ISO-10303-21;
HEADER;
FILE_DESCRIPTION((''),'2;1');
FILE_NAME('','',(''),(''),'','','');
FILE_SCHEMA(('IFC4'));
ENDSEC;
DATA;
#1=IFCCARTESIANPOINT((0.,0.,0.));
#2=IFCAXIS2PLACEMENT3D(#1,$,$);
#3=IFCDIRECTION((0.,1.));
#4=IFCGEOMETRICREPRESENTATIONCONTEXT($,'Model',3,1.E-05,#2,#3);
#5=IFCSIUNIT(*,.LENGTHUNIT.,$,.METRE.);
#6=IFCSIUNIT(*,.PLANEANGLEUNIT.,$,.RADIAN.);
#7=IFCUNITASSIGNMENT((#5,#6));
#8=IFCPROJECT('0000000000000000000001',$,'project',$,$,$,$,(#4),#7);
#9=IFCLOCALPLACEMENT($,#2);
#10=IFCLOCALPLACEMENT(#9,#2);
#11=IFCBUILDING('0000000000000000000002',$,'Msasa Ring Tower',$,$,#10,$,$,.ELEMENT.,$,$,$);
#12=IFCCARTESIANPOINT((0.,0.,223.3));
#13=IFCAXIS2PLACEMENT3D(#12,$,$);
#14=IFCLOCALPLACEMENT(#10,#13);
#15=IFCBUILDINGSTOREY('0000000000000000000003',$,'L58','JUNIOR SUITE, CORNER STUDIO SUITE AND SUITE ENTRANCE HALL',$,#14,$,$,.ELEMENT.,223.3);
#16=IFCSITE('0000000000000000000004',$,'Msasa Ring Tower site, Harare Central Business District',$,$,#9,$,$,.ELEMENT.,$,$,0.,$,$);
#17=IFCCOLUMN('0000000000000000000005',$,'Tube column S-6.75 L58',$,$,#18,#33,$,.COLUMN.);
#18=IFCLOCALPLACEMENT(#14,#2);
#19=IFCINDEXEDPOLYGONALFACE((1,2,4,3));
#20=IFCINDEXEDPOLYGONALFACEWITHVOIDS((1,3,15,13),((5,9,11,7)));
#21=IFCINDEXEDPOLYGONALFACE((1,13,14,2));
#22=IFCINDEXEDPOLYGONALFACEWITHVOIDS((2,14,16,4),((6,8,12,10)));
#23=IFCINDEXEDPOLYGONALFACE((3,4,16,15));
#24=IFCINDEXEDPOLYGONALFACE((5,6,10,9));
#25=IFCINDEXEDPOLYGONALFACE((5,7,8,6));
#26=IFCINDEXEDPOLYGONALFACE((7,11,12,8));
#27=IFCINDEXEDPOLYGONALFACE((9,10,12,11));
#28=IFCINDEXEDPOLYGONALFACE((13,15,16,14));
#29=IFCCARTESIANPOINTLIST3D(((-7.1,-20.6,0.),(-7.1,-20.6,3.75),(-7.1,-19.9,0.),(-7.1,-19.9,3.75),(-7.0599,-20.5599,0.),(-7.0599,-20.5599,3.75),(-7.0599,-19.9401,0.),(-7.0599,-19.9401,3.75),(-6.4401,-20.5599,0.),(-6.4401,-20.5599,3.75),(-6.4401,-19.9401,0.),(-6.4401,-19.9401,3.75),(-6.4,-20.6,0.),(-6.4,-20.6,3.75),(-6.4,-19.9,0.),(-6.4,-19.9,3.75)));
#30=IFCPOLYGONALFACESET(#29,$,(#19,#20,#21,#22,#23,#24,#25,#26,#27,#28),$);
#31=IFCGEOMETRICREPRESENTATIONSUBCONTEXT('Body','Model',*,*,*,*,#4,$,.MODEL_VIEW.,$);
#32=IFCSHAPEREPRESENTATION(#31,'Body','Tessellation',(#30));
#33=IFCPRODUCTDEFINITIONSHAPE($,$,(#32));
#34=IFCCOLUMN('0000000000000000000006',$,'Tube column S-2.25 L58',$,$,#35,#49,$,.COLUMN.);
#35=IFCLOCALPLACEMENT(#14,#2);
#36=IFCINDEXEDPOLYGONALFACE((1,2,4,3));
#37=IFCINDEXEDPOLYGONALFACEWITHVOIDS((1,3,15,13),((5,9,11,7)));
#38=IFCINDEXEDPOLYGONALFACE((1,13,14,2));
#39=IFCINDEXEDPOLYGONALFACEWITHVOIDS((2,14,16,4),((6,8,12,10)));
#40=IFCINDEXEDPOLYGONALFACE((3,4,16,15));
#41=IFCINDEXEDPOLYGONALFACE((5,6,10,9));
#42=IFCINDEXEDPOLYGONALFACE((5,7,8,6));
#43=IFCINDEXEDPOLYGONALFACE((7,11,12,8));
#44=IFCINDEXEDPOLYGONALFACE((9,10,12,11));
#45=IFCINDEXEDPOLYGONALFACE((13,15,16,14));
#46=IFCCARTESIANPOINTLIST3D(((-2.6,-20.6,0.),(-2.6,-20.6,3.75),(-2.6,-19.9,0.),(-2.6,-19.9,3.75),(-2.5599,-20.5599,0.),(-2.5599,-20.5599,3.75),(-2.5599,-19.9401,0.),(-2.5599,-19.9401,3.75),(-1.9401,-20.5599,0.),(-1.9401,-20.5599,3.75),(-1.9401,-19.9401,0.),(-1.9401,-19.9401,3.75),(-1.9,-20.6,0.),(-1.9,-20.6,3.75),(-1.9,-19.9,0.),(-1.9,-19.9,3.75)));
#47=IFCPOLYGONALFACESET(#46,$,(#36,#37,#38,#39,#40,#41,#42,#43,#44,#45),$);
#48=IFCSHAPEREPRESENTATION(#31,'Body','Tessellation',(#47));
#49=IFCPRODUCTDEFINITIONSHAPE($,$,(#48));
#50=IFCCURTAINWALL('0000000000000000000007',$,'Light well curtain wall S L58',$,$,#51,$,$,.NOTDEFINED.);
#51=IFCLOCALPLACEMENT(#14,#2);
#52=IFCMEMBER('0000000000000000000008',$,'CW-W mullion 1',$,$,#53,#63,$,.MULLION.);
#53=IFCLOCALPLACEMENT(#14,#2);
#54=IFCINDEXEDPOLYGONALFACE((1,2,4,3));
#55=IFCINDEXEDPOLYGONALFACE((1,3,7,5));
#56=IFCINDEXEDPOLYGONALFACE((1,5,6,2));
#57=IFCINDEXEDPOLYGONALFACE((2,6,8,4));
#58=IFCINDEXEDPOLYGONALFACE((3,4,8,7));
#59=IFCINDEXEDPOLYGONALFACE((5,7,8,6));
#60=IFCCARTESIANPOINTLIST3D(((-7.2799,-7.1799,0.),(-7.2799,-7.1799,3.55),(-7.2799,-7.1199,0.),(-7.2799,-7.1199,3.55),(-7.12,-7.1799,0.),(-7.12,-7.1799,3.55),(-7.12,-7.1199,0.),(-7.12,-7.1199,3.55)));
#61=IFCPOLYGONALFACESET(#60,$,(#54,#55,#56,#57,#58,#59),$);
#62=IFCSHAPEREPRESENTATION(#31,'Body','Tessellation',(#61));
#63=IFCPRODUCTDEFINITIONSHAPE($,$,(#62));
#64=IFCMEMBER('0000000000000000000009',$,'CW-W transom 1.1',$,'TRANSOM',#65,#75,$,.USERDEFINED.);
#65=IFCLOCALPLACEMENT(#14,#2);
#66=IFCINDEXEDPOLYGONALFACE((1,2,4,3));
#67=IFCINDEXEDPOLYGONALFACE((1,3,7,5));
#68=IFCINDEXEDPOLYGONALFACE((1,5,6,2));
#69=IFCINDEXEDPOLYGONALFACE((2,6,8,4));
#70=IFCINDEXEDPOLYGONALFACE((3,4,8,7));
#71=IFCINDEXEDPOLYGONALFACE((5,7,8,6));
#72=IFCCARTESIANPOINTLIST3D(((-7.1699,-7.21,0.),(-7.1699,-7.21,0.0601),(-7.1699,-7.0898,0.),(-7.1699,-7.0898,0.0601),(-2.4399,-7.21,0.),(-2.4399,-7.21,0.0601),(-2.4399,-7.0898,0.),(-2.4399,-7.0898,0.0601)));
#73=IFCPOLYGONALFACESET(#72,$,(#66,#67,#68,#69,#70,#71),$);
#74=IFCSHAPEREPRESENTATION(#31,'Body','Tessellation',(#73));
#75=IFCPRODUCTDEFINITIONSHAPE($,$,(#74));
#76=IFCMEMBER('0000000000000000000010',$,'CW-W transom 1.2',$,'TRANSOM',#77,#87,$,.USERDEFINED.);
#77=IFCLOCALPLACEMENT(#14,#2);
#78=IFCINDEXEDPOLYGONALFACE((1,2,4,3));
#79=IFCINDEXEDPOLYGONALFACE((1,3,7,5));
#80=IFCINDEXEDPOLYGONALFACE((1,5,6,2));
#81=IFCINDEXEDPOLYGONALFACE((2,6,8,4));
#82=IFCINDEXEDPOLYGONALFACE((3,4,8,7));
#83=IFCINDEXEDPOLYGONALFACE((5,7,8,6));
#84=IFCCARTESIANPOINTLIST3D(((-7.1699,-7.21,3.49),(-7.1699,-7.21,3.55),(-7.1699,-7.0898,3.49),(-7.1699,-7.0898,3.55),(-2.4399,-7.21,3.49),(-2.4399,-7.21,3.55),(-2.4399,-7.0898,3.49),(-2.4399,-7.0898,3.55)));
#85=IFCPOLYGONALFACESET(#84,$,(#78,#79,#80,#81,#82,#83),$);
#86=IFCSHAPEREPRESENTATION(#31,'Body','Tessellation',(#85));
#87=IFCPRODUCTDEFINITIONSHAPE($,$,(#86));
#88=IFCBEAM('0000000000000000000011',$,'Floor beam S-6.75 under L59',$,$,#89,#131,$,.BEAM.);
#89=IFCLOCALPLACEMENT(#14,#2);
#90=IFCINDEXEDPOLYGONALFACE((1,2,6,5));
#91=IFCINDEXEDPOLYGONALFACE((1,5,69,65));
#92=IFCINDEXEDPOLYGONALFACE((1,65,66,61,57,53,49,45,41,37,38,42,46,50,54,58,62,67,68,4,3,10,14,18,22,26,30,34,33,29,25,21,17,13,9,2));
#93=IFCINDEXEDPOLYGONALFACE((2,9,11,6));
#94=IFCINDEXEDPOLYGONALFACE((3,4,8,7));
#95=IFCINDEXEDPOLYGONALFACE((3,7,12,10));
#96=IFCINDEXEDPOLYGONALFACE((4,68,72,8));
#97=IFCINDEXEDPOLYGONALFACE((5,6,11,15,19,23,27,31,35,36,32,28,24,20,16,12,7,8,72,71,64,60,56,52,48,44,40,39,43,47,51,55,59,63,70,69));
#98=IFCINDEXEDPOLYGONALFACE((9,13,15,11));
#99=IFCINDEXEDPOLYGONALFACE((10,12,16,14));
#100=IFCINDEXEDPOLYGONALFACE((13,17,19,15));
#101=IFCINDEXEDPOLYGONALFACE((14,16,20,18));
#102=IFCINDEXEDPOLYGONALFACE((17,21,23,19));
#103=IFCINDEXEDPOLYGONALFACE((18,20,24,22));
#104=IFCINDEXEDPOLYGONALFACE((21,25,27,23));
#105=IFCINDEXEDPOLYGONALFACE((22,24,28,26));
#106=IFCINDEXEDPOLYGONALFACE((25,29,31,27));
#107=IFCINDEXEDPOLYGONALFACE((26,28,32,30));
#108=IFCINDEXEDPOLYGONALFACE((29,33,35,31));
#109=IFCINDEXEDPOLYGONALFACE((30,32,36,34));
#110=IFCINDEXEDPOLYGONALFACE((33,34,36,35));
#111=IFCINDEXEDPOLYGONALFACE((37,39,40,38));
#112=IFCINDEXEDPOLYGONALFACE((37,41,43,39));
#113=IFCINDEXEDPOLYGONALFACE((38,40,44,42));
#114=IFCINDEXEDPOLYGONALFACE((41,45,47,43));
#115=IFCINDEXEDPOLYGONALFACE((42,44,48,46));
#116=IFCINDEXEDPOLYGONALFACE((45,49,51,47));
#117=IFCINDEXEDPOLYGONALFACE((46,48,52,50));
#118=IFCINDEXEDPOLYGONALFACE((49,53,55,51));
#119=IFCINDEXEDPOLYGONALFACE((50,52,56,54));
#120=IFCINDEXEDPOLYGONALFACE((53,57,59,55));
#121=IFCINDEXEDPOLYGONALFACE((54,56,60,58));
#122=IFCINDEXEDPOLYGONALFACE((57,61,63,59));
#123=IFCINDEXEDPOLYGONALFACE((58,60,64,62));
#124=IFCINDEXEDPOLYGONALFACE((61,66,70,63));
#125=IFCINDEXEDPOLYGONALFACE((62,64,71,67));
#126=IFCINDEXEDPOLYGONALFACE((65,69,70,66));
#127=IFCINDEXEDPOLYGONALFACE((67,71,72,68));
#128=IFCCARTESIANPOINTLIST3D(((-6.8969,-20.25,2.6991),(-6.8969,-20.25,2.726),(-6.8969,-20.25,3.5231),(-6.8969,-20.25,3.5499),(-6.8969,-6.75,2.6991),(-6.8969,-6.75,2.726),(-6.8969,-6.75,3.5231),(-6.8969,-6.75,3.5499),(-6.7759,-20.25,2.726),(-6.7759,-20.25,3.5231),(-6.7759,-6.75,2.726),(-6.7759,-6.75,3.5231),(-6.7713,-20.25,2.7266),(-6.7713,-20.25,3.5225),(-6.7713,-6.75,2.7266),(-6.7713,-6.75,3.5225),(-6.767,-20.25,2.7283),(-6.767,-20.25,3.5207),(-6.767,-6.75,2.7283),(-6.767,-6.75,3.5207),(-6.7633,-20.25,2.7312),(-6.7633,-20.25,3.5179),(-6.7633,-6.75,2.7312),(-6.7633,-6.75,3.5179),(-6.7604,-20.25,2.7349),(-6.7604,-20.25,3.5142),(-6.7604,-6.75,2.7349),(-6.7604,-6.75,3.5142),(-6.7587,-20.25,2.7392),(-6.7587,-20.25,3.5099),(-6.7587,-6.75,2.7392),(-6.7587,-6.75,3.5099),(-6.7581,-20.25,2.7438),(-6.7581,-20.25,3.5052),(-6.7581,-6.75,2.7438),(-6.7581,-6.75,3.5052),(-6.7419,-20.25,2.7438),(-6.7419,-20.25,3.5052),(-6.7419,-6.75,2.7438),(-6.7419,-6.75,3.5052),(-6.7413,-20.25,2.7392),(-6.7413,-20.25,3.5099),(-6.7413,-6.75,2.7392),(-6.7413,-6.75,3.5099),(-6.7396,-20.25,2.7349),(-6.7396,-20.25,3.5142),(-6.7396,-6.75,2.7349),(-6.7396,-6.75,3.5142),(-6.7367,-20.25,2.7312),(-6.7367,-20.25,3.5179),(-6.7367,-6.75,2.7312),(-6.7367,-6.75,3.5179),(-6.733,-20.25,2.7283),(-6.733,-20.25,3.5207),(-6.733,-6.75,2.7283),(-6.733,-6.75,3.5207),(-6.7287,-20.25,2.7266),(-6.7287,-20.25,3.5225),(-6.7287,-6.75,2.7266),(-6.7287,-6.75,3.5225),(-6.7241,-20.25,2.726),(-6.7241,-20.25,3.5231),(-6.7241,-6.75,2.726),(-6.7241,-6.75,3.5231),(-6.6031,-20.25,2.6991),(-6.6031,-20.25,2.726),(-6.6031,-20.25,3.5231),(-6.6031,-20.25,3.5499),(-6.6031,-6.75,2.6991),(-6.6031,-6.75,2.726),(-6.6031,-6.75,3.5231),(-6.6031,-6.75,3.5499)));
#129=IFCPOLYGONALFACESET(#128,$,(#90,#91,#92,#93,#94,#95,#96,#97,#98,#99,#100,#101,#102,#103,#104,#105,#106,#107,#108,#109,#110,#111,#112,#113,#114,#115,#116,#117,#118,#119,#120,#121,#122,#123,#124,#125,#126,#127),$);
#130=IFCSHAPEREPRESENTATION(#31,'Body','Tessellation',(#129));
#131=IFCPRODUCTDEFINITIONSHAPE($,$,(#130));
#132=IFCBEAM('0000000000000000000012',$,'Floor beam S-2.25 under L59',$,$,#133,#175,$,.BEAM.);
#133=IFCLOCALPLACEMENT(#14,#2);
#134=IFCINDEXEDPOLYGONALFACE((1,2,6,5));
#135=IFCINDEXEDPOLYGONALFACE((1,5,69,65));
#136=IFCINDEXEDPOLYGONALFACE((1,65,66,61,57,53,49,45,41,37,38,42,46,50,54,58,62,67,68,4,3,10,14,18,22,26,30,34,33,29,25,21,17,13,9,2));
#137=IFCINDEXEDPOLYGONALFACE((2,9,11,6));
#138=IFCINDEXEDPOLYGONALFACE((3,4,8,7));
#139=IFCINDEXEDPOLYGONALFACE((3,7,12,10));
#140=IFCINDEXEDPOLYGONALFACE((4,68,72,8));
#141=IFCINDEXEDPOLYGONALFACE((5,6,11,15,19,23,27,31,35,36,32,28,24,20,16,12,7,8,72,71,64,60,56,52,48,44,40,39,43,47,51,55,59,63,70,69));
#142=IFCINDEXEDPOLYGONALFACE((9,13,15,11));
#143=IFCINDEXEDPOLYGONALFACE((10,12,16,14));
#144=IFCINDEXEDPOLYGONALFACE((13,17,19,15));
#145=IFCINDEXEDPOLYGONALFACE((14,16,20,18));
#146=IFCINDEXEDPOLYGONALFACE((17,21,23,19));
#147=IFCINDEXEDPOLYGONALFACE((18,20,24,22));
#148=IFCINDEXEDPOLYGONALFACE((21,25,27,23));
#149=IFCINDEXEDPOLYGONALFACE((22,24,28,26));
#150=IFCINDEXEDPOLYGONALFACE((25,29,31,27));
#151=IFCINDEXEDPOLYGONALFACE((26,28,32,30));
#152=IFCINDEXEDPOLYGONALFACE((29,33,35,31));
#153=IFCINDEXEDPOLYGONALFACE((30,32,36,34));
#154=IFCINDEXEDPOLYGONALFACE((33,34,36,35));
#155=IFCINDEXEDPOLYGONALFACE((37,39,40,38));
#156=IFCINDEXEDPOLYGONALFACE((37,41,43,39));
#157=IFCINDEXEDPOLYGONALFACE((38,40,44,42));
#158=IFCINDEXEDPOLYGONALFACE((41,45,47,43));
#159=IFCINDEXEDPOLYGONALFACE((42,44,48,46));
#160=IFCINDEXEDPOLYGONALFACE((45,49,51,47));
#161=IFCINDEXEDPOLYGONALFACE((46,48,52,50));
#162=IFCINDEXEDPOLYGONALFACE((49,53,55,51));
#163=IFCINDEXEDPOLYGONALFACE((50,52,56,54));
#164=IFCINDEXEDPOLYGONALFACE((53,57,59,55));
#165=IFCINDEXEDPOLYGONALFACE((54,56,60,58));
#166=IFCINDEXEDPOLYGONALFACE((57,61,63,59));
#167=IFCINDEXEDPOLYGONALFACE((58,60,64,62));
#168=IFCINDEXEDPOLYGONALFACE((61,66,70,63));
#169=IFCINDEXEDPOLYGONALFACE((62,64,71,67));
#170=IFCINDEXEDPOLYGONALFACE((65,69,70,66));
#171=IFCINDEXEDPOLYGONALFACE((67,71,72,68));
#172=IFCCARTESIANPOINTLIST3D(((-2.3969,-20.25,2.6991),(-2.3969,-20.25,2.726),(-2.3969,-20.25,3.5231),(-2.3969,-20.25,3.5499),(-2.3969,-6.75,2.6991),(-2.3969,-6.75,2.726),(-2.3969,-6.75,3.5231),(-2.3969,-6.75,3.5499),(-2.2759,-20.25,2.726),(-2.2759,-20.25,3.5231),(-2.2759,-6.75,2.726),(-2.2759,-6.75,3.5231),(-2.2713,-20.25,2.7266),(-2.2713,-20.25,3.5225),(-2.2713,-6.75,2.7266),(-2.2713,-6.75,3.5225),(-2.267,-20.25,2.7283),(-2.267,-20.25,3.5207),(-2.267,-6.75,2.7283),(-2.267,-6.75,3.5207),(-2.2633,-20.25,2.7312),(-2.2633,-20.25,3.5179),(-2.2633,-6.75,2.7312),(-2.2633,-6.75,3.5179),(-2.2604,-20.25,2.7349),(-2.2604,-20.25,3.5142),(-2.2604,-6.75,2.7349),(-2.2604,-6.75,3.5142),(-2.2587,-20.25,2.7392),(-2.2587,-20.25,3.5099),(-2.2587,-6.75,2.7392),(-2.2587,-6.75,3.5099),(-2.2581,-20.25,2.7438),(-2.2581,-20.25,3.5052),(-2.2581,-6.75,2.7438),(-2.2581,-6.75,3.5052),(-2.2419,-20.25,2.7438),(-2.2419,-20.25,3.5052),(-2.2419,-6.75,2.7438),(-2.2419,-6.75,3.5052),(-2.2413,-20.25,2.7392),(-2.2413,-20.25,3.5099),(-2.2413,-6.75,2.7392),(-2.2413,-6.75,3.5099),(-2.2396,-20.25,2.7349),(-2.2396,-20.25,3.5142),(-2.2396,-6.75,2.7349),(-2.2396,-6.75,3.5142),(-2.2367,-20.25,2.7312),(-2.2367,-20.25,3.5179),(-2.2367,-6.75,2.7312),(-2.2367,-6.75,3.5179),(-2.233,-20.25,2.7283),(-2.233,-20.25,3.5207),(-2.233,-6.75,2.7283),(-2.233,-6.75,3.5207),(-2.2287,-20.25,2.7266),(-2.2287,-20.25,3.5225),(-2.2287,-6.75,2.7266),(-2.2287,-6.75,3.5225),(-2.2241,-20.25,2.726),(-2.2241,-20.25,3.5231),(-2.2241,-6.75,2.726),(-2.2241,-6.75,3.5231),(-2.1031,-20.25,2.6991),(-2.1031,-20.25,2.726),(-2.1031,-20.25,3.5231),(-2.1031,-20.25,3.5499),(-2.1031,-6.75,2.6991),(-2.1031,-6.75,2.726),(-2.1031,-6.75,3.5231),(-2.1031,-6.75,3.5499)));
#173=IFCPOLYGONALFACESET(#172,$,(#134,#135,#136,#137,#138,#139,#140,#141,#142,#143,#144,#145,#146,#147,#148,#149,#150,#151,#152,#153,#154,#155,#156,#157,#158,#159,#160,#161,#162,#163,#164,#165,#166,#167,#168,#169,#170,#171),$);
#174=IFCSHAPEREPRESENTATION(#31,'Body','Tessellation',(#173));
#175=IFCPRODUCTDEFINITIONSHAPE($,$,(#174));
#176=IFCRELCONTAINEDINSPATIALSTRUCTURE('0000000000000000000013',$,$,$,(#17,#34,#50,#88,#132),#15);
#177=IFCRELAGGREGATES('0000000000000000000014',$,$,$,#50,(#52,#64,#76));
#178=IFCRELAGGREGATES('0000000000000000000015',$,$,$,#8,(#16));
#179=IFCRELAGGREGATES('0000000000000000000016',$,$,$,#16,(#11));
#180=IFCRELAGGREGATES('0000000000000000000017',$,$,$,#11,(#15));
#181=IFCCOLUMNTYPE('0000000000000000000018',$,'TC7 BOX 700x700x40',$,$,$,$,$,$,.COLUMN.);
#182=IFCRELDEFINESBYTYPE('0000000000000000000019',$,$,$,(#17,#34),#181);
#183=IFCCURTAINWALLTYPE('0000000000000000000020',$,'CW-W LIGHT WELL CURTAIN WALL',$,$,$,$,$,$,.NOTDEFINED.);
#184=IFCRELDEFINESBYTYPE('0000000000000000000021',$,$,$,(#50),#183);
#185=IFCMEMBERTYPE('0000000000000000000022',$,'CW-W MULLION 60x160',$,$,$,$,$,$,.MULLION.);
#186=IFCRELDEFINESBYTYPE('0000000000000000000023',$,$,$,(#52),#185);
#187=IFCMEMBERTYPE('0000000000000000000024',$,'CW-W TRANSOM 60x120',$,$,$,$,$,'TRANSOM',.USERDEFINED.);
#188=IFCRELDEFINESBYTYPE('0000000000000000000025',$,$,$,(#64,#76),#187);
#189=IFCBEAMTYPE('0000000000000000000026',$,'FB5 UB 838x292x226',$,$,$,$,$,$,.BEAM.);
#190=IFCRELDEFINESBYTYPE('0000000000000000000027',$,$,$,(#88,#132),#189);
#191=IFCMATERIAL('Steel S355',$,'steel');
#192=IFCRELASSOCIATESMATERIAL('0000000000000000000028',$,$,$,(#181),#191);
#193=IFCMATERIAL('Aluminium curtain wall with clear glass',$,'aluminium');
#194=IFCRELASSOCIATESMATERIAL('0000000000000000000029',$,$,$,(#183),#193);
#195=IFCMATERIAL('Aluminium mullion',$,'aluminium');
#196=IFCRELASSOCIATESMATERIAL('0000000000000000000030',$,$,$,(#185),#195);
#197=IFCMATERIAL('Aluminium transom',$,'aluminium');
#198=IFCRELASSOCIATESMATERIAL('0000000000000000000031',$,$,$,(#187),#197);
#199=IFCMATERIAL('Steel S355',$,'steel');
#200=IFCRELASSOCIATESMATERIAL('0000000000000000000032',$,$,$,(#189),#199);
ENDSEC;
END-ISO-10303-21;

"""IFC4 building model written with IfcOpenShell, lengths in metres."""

from ifc_helpers import new_model, si_unit, direction, frame, origin, origin_2d, place, context, subcontext, project, spatial, rectangle, hollow_rectangle, i_section, extrude, material, material_profile, profile_set, type_object, element, aggregate, save


model = new_model("IFC4")

# Units and contexts
model_context = context("Model", 3, precision=1e-05, world=origin(), true_north=direction((0.0, 1.0)))
body_context = subcontext(model_context, "Body", "Model", "MODEL_VIEW")
ifc_project = project(units=[si_unit("LENGTHUNIT", "METRE"), si_unit("PLANEANGLEUNIT", "RADIAN")], contexts=[model_context])

# Site, building, storey
site_placement = place(None, origin())
site = spatial("IfcSite", under=ifc_project, at=site_placement, Name="Msasa Ring Tower site, Harare Central Business District", CompositionType="ELEMENT", RefElevation=0.0)
building_placement = place(site_placement, origin())
building = spatial("IfcBuilding", under=site, at=building_placement, Name="Msasa Ring Tower", CompositionType="ELEMENT")
storey_placement = place(building_placement, frame((0.0, 0.0, 223.3)))
storey = spatial("IfcBuildingStorey", under=building, at=storey_placement, Name="L58", Description="JUNIOR SUITE, CORNER STUDIO SUITE AND SUITE ENTRANCE HALL", CompositionType="ELEMENT", Elevation=223.3)

# Columns
ifc_material_1 = material(Name="Steel S355", Category="steel")
ifc_material_profile_1 = material_profile(ifc_material_1, hollow_rectangle(XDim=0.7, YDim=0.7, WallThickness=0.04, at=origin_2d()), Name="BOX 700x700x40")
ifc_profile_set_1 = profile_set([ifc_material_profile_1], Name="Steel S355")
column_type = type_object("IfcColumnType", Name="TC7 BOX 700x700x40", PredefinedType="COLUMN", material=ifc_profile_set_1)
for number, where, z_axis, x_axis, name in (
    (1, (-6.75, -20.25, 0.0), (0.0, 0.0, 1.0), (0.0, 1.0, 0.0), "Tube column S-6.75 L58"),
    (2, (-2.25, -20.25, 0.0), (0.0, 0.0, 1.0), (0.0, 1.0, 0.0), "Tube column S-2.25 L58"),
):
    element("IfcColumn", number, at=place(storey_placement, frame(where, z_axis=z_axis, x_axis=x_axis)), inside=storey, type_object=column_type, Name=name, PredefinedType="COLUMN", context=body_context, shape_type="SweptSolid", body=[
        extrude(hollow_rectangle(XDim=0.7, YDim=0.7, WallThickness=0.04, at=origin_2d()), origin(), (0.0, 0.0, 1.0), 3.75),
    ])

# Curtain wall, members
ifc_material_2 = material(Name="Aluminium curtain wall with clear glass", Category="aluminium")
curtain_wall_type = type_object("IfcCurtainWallType", Name="CW-W LIGHT WELL CURTAIN WALL", PredefinedType="NOTDEFINED", material=ifc_material_2)
curtain_wall_placement = place(storey_placement, origin())
curtain_wall = element("IfcCurtainWall", 3, at=curtain_wall_placement, inside=storey, type_object=curtain_wall_type, Name="Light well curtain wall S L58", PredefinedType="NOTDEFINED")
ifc_material_3 = material(Name="Aluminium mullion", Category="aluminium")
ifc_material_profile_2 = material_profile(ifc_material_3, rectangle(XDim=0.0601, YDim=0.1599, at=origin_2d()), Name="AL 60x160")
ifc_profile_set_2 = profile_set([ifc_material_profile_2], Name="Aluminium mullion")
member_type_1 = type_object("IfcMemberType", Name="CW-W MULLION 60x160", PredefinedType="MULLION", material=ifc_profile_set_2)
member_1_placement = place(storey_placement, frame((-7.2, -7.1499, 0.0), z_axis=(0.0, 0.0, 1.0), x_axis=(0.0, 1.0, 0.0)))
member_1 = element("IfcMember", 4, at=member_1_placement, type_object=member_type_1, Name="CW-W mullion 1", PredefinedType="MULLION", context=body_context, shape_type="SweptSolid", body=[
    extrude(rectangle(XDim=0.0601, YDim=0.1599, at=origin_2d()), origin(), (0.0, 0.0, 1.0), 3.55),
])
ifc_material_4 = material(Name="Aluminium transom", Category="aluminium")
ifc_material_profile_3 = material_profile(ifc_material_4, rectangle(XDim=0.1201, YDim=0.0601, at=origin_2d()), Name="AL 60x120")
ifc_profile_set_3 = profile_set([ifc_material_profile_3], Name="Aluminium transom")
member_type_2 = type_object("IfcMemberType", Name="CW-W TRANSOM 60x120", ElementType="TRANSOM", PredefinedType="USERDEFINED", material=ifc_profile_set_3)
member_2_placement = place(storey_placement, frame((-7.1699, -7.1499, 0.03), z_axis=(1.0, 0.0, 0.0), x_axis=(0.0, 1.0, 0.0)))
member_2 = element("IfcMember", 5, at=member_2_placement, type_object=member_type_2, Name="CW-W transom 1.1", ObjectType="TRANSOM", PredefinedType="USERDEFINED", context=body_context, shape_type="SweptSolid", body=[
    extrude(rectangle(XDim=0.1201, YDim=0.0601, at=origin_2d()), origin(), (0.0, 0.0, 1.0), 4.73),
])
member_3_placement = place(storey_placement, frame((-7.1699, -7.1499, 3.52), z_axis=(1.0, 0.0, 0.0), x_axis=(0.0, 1.0, 0.0)))
member_3 = element("IfcMember", 6, at=member_3_placement, type_object=member_type_2, Name="CW-W transom 1.2", ObjectType="TRANSOM", PredefinedType="USERDEFINED", context=body_context, shape_type="SweptSolid", body=[
    extrude(rectangle(XDim=0.1201, YDim=0.0601, at=origin_2d()), origin(), (0.0, 0.0, 1.0), 4.73),
])

# Beams
ifc_material_5 = material(Name="Steel S355", Category="steel")
ifc_material_profile_4 = material_profile(ifc_material_5, i_section(OverallWidth=0.2937, OverallDepth=0.8508, WebThickness=0.0161, FlangeThickness=0.0269, FilletRadius=0.0178, at=origin_2d()), Name="UB 838x292x226")
ifc_profile_set_4 = profile_set([ifc_material_profile_4], Name="Steel S355")
beam_type_1 = type_object("IfcBeamType", Name="FB5 UB 838x292x226", PredefinedType="BEAM", material=ifc_profile_set_4)
for number, where, z_axis, x_axis, name in (
    (7, (-6.75, -20.25, 3.1245), (0.0, 1.0, 0.0), (-1.0, 0.0, 0.0), "Floor beam S-6.75 under L59"),
    (8, (-2.25, -20.25, 3.1245), (0.0, 1.0, 0.0), (-1.0, 0.0, 0.0), "Floor beam S-2.25 under L59"),
):
    element("IfcBeam", number, at=place(storey_placement, frame(where, z_axis=z_axis, x_axis=x_axis)), inside=storey, type_object=beam_type_1, Name=name, PredefinedType="BEAM", context=body_context, shape_type="SweptSolid", body=[
        extrude(i_section(OverallWidth=0.2937, OverallDepth=0.8508, WebThickness=0.0161, FlangeThickness=0.0269, FilletRadius=0.0178, at=origin_2d()), origin(), (0.0, 0.0, 1.0), 13.5),
    ])

aggregate(curtain_wall, [member_1, member_2, member_3])

save(model, "model.ifc")
